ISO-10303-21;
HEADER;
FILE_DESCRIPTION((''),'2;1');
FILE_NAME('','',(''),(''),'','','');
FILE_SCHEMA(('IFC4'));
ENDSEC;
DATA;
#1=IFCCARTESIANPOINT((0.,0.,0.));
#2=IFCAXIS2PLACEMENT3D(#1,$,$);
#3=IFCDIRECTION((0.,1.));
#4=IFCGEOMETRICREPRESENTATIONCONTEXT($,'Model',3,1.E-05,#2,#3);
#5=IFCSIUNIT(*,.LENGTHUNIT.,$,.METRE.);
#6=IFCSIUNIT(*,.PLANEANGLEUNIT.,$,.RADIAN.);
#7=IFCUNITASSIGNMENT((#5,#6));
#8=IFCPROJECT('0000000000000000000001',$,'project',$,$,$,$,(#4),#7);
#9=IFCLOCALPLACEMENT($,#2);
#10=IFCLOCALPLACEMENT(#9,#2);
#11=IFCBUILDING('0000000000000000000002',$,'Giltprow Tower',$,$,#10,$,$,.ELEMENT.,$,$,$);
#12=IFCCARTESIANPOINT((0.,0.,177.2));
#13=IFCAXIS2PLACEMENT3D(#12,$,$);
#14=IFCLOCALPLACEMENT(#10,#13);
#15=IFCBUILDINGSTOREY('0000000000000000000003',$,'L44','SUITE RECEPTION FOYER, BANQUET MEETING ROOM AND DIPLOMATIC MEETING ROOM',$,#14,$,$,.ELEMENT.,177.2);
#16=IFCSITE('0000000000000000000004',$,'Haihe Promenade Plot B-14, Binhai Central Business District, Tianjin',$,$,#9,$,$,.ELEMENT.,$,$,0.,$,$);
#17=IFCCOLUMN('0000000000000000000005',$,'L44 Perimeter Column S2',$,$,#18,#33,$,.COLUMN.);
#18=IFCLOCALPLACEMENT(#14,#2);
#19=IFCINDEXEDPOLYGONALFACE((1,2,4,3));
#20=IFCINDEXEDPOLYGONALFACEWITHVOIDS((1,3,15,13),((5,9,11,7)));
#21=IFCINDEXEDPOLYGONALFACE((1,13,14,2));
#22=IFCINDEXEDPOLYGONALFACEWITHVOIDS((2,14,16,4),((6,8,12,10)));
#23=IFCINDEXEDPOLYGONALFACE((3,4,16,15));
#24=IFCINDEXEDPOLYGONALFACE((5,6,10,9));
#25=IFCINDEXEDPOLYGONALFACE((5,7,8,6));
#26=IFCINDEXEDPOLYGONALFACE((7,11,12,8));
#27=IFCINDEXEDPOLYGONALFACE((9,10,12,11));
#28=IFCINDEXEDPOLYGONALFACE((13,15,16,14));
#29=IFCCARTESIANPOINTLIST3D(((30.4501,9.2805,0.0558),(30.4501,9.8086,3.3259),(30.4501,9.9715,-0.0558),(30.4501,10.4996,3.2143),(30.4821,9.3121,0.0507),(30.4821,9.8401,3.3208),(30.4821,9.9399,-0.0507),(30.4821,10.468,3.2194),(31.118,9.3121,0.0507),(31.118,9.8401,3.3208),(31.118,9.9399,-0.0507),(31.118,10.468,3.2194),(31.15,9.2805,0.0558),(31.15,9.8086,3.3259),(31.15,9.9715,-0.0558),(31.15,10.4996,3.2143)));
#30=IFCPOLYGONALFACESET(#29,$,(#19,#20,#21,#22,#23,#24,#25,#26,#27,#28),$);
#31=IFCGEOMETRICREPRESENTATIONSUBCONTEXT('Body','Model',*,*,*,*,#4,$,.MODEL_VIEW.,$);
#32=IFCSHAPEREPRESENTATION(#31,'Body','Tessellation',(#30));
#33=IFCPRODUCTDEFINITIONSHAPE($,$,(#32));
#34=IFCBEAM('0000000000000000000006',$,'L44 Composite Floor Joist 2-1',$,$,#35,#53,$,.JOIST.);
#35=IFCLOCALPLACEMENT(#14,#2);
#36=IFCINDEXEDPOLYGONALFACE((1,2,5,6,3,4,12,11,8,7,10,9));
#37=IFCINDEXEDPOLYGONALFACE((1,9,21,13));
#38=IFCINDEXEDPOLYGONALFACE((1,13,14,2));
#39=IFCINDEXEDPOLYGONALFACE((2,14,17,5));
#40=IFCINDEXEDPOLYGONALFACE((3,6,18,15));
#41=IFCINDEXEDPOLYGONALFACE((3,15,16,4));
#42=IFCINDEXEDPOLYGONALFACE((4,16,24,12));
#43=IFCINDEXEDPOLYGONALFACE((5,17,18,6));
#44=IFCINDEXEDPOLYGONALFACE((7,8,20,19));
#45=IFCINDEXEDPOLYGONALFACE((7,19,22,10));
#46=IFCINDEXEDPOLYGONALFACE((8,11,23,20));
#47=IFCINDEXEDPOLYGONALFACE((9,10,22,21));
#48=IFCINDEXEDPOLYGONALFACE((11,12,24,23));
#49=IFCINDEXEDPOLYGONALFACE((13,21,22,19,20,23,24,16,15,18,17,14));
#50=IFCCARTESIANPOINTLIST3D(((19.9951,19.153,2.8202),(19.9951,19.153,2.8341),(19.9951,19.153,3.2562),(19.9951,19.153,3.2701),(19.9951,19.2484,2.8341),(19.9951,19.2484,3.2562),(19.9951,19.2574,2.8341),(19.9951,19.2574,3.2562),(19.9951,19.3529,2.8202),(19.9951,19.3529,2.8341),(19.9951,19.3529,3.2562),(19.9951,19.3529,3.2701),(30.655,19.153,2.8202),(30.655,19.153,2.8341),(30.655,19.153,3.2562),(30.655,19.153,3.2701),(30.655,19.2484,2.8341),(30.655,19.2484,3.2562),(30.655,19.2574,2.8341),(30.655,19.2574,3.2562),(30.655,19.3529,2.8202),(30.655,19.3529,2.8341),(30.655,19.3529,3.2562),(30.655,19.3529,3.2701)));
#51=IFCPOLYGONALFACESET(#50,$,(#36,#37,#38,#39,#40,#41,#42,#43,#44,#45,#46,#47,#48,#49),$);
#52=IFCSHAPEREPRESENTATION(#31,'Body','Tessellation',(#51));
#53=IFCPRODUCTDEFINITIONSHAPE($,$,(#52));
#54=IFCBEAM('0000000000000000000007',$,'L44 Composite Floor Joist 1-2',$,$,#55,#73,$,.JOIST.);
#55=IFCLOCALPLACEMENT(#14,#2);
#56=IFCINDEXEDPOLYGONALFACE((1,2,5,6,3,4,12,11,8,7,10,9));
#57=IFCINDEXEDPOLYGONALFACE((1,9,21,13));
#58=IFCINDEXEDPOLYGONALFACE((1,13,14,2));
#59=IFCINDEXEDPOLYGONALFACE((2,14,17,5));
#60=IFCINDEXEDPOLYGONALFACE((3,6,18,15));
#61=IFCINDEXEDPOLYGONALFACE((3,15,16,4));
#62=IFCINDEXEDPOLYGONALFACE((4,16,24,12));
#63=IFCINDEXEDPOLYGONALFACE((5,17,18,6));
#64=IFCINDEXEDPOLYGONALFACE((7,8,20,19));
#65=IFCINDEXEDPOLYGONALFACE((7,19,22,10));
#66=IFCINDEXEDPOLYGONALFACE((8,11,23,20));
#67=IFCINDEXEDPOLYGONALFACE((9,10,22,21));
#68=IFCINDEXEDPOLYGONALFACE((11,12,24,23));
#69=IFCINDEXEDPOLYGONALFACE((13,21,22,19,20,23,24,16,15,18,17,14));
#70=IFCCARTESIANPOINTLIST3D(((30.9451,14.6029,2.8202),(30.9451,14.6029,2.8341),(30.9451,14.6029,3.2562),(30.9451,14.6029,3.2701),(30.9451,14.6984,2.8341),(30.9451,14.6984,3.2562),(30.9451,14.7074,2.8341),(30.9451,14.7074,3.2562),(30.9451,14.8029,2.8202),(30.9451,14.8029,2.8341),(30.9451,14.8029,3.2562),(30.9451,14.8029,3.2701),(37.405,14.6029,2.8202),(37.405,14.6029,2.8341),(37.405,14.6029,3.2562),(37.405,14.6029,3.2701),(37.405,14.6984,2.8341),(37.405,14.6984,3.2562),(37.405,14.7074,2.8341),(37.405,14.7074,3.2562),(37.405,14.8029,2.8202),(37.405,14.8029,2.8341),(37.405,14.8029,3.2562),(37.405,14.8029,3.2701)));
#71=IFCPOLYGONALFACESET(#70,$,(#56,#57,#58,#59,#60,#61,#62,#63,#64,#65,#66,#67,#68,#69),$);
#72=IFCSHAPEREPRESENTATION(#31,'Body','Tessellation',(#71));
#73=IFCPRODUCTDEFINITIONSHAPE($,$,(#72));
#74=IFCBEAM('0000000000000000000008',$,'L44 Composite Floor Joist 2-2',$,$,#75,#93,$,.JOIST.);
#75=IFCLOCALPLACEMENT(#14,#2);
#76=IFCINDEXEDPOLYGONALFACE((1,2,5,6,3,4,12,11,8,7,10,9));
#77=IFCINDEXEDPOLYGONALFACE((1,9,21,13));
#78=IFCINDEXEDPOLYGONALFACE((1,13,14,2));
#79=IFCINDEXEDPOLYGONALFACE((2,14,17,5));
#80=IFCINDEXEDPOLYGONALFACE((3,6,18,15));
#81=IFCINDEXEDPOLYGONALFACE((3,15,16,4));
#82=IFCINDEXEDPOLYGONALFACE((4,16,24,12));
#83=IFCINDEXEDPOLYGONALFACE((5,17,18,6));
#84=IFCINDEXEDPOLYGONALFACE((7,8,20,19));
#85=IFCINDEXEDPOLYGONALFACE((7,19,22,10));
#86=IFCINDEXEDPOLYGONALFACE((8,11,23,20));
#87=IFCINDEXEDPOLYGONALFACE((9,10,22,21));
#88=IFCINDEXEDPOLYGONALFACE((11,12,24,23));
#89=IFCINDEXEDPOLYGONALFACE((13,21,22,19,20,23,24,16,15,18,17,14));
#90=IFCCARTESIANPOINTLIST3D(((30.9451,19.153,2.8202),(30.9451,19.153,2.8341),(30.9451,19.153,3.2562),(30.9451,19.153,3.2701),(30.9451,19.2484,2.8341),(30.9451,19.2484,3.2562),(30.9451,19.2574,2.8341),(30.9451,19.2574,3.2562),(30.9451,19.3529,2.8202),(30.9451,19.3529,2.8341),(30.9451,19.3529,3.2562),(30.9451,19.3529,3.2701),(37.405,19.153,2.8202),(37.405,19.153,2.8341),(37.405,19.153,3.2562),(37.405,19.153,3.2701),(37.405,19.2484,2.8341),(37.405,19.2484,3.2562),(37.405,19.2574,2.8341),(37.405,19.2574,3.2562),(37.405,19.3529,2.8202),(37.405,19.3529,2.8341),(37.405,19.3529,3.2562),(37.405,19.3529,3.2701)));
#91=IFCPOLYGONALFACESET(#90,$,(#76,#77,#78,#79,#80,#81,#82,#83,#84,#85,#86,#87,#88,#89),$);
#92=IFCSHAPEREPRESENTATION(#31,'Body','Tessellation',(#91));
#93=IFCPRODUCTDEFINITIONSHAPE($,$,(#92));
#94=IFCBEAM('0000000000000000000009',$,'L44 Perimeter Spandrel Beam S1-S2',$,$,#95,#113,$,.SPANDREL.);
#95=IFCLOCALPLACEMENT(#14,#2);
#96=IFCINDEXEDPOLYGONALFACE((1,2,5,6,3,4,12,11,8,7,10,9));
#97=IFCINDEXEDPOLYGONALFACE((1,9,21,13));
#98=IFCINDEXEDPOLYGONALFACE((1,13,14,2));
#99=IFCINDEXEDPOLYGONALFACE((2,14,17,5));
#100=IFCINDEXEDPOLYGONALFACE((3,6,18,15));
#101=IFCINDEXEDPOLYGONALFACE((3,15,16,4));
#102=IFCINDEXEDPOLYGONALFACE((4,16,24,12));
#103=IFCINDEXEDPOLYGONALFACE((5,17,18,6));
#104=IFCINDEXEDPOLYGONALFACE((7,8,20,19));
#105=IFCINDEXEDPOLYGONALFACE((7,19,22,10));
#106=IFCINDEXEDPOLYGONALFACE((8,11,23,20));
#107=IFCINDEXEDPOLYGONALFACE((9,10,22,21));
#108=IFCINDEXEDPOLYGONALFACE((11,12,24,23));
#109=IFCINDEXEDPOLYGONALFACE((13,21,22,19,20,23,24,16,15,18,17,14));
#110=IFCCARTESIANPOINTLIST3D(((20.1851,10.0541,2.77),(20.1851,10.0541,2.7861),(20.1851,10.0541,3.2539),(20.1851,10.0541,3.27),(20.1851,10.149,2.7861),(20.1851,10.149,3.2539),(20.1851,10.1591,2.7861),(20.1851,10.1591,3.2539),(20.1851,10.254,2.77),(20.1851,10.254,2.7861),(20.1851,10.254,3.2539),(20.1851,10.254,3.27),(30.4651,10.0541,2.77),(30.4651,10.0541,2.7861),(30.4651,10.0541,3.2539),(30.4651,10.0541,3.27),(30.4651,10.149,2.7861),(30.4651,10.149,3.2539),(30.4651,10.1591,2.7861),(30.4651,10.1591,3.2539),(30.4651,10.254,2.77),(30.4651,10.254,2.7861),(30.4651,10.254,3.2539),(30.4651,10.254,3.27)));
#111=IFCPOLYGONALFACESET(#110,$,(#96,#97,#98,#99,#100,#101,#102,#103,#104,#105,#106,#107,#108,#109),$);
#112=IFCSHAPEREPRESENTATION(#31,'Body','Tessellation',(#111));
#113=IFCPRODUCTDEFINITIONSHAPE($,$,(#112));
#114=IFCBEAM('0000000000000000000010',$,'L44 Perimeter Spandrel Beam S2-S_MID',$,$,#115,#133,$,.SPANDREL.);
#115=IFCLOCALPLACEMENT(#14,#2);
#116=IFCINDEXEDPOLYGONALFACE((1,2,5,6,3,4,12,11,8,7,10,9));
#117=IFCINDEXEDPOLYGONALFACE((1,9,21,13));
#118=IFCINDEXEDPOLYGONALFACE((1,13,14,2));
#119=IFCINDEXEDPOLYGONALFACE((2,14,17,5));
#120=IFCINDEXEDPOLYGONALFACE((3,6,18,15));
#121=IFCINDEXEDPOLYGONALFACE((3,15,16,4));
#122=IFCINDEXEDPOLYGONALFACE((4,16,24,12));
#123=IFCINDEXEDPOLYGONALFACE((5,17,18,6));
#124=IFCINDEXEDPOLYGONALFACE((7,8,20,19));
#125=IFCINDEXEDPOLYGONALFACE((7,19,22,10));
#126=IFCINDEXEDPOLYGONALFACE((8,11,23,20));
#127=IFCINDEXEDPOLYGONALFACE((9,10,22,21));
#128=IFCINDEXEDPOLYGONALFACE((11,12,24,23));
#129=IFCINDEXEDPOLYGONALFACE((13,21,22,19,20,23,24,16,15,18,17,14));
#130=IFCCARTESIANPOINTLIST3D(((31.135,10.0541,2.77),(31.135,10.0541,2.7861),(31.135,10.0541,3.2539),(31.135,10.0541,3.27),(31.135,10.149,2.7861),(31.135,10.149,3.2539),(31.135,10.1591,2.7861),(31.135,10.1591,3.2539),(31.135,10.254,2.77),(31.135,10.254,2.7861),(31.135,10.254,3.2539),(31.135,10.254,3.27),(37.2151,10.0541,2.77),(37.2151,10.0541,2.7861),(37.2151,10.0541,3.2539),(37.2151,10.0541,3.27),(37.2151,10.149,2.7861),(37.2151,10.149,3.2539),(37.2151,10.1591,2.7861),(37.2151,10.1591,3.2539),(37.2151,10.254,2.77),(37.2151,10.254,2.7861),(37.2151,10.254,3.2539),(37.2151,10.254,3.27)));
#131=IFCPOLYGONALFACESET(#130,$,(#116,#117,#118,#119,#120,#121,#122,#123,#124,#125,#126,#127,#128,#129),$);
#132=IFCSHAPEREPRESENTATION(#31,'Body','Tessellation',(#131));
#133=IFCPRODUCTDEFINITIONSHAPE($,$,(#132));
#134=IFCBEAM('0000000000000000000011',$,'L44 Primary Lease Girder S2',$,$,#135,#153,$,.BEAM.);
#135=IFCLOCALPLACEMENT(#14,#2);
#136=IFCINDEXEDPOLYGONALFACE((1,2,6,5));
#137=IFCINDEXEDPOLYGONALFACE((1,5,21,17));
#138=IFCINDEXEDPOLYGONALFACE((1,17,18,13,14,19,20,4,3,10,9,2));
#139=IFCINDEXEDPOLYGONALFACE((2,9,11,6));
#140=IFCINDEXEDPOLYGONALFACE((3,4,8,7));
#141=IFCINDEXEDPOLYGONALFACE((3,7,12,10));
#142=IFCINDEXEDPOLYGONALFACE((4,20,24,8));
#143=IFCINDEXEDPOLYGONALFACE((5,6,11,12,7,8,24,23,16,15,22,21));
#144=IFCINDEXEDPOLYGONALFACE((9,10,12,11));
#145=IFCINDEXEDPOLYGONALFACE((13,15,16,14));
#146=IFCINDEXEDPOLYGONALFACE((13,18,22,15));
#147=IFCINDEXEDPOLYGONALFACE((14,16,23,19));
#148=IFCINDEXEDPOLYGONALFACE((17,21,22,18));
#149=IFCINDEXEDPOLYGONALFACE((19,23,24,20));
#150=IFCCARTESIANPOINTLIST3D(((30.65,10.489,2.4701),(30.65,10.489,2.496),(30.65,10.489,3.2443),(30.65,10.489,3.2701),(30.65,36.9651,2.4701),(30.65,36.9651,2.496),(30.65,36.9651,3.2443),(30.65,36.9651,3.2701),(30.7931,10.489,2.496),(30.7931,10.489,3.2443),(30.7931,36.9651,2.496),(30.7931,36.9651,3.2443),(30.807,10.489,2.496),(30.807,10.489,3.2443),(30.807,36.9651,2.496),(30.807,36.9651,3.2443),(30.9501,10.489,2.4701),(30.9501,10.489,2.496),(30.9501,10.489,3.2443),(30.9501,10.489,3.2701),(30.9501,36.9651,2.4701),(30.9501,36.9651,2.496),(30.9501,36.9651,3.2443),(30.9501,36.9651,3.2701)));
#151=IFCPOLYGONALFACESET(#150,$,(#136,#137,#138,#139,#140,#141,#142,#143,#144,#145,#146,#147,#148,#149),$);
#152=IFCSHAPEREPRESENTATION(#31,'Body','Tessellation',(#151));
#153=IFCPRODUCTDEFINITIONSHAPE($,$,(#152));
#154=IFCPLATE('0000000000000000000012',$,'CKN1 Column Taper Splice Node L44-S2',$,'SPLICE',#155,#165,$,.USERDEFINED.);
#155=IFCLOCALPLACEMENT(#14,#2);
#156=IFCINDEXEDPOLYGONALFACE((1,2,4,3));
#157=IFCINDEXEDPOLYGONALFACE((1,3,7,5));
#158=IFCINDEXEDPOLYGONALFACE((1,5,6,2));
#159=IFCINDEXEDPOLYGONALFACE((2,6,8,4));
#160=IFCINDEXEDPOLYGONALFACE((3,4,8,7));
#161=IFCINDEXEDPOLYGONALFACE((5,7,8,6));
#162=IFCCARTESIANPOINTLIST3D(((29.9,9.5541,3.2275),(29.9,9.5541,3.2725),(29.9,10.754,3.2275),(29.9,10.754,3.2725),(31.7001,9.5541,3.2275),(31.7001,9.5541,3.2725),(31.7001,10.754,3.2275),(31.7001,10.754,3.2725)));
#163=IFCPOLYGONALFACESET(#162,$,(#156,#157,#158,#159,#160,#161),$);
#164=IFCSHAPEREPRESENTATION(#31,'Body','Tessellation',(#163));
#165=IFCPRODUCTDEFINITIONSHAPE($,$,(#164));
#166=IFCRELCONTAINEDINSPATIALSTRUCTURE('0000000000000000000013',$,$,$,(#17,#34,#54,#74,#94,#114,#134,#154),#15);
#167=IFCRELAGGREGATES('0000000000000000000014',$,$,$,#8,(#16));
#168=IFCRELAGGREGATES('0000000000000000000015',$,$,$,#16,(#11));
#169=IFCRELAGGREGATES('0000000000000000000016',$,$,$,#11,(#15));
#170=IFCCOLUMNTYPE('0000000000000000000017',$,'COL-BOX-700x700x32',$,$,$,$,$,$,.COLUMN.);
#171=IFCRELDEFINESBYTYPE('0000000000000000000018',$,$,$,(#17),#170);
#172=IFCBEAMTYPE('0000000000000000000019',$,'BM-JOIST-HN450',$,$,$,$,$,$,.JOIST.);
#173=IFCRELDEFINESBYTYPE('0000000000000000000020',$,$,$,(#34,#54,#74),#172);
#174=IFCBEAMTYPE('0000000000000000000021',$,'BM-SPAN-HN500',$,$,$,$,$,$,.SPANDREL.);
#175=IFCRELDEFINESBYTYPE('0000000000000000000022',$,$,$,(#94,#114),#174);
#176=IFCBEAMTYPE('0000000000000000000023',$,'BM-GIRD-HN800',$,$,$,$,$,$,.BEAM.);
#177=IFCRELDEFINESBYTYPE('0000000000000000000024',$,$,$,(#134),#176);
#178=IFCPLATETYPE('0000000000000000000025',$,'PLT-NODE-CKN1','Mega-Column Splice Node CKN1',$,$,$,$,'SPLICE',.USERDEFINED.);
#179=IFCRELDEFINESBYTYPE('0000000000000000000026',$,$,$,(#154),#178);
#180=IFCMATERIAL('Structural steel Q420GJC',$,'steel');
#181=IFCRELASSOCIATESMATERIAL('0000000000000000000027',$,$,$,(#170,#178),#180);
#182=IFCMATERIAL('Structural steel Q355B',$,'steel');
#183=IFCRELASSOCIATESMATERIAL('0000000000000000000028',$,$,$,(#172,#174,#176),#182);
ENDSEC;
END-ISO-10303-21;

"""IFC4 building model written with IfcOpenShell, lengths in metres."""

from ifc_helpers import new_model, si_unit, direction, frame, origin, origin_2d, place, context, subcontext, project, spatial, rectangle, hollow_rectangle, i_section, extrude, source, transform, mapped, material, material_profile, profile_set, type_object, element, save


model = new_model("IFC4")

# Units and contexts
model_context = context("Model", 3, precision=1e-05, world=origin(), true_north=direction((0.0, 1.0)))
body_context = subcontext(model_context, "Body", "Model", "MODEL_VIEW")
ifc_project = project(units=[si_unit("LENGTHUNIT", "METRE"), si_unit("PLANEANGLEUNIT", "RADIAN")], contexts=[model_context])

# Site, building, storey
site_placement = place(None, origin())
site = spatial("IfcSite", under=ifc_project, at=site_placement, Name="Haihe Promenade Plot B-14, Binhai Central Business District, Tianjin", CompositionType="ELEMENT", RefElevation=0.0)
building_placement = place(site_placement, origin())
building = spatial("IfcBuilding", under=site, at=building_placement, Name="Giltprow Tower", CompositionType="ELEMENT")
storey_placement = place(building_placement, frame((0.0, 0.0, 177.2)))
storey = spatial("IfcBuildingStorey", under=building, at=storey_placement, Name="L44", Description="SUITE RECEPTION FOYER, BANQUET MEETING ROOM AND DIPLOMATIC MEETING ROOM", CompositionType="ELEMENT", Elevation=177.2)

# Column
ifc_material_1 = material(Name="Structural steel Q420GJC", Category="steel")
ifc_material_profile_1 = material_profile(ifc_material_1, hollow_rectangle(XDim=0.7, YDim=0.7, WallThickness=0.032, at=origin_2d()), Name="BOX 700x700x32")
ifc_profile_set_1 = profile_set([ifc_material_profile_1], Name="Structural steel Q420GJC")
column_type = type_object("IfcColumnType", Name="COL-BOX-700x700x32", PredefinedType="COLUMN", material=ifc_profile_set_1)
shared_shape_1 = source(origin(), body_context, "Body", "SweptSolid", [
    extrude(hollow_rectangle(XDim=0.7, YDim=0.7, WallThickness=0.032, at=origin_2d()), origin(), (0.0, 0.0, 1.0), 3.3125),
])
column_placement = place(storey_placement, frame((30.8, 9.626, 0.0), z_axis=(0.0, 0.159425, 0.98721), x_axis=(-1.0, 0.0, 0.0)))
element("IfcColumn", 1, at=column_placement, inside=storey, type_object=column_type, Name="L44 Perimeter Column S2", PredefinedType="COLUMN", context=body_context, shape_type="MappedRepresentation", body=[
    mapped(shared_shape_1, transform((0.0, 0.0, 0.0), x_axis=(1.0, 0.0, 0.0), y_axis=(0.0, 1.0, 0.0), z_axis=(0.0, 0.0, 1.0), scale=1.0)),
])

# Beams
ifc_material_2 = material(Name="Structural steel Q355B", Category="steel")
ifc_material_profile_2 = material_profile(ifc_material_2, i_section(OverallWidth=0.2, OverallDepth=0.45, WebThickness=0.009, FlangeThickness=0.0139, at=origin_2d()), Name="HN 450x200x9x14")
ifc_profile_set_2 = profile_set([ifc_material_profile_2], Name="Structural steel Q355B")
beam_type_1 = type_object("IfcBeamType", Name="BM-JOIST-HN450", PredefinedType="JOIST", material=ifc_profile_set_2)
shared_shape_2 = source(origin(), body_context, "Body", "SweptSolid", [
    extrude(i_section(OverallWidth=0.2, OverallDepth=0.45, WebThickness=0.009, FlangeThickness=0.0139, at=origin_2d()), origin(), (0.0, 0.0, 1.0), 10.6599),
])
beam_1_placement = place(storey_placement, frame((19.9951, 19.2529, 3.0452), z_axis=(1.0, 0.0, 0.0), x_axis=(0.0, 1.0, 0.0)))
element("IfcBeam", 2, at=beam_1_placement, inside=storey, type_object=beam_type_1, Name="L44 Composite Floor Joist 2-1", PredefinedType="JOIST", context=body_context, shape_type="MappedRepresentation", body=[
    mapped(shared_shape_2, transform((0.0, 0.0, 0.0), x_axis=(1.0, 0.0, 0.0), y_axis=(0.0, 1.0, 0.0), z_axis=(0.0, 0.0, 1.0), scale=1.0)),
])
shared_shape_3 = source(origin(), body_context, "Body", "SweptSolid", [
    extrude(i_section(OverallWidth=0.2, OverallDepth=0.45, WebThickness=0.009, FlangeThickness=0.0139, at=origin_2d()), origin(), (0.0, 0.0, 1.0), 6.46),
])
for number, where, z_axis, x_axis, name in (
    (3, (30.9451, 14.7029, 3.0452), (1.0, 0.0, 0.0), (0.0, 1.0, 0.0), "L44 Composite Floor Joist 1-2"),
    (4, (30.9451, 19.2529, 3.0452), (1.0, 0.0, 0.0), (0.0, 1.0, 0.0), "L44 Composite Floor Joist 2-2"),
):
    element("IfcBeam", number, at=place(storey_placement, frame(where, z_axis=z_axis, x_axis=x_axis)), inside=storey, type_object=beam_type_1, Name=name, PredefinedType="JOIST", context=body_context, shape_type="MappedRepresentation", body=[
        mapped(shared_shape_3, transform((0.0, 0.0, 0.0), x_axis=(1.0, 0.0, 0.0), y_axis=(0.0, 1.0, 0.0), z_axis=(0.0, 0.0, 1.0), scale=1.0)),
    ])
ifc_material_profile_3 = material_profile(ifc_material_2, i_section(OverallWidth=0.2, OverallDepth=0.5, WebThickness=0.01, FlangeThickness=0.0161, at=origin_2d()), Name="HN 500x200x10x16")
ifc_profile_set_3 = profile_set([ifc_material_profile_3], Name="Structural steel Q355B")
beam_type_2 = type_object("IfcBeamType", Name="BM-SPAN-HN500", PredefinedType="SPANDREL", material=ifc_profile_set_3)
shared_shape_4 = source(origin(), body_context, "Body", "SweptSolid", [
    extrude(i_section(OverallWidth=0.2, OverallDepth=0.5, WebThickness=0.01, FlangeThickness=0.0161, at=origin_2d()), origin(), (0.0, 0.0, 1.0), 10.28),
])
beam_2_placement = place(storey_placement, frame((20.1851, 10.1541, 3.02), z_axis=(1.0, 0.0, 0.0), x_axis=(0.0, 1.0, 0.0)))
element("IfcBeam", 5, at=beam_2_placement, inside=storey, type_object=beam_type_2, Name="L44 Perimeter Spandrel Beam S1-S2", PredefinedType="SPANDREL", context=body_context, shape_type="MappedRepresentation", body=[
    mapped(shared_shape_4, transform((0.0, 0.0, 0.0), x_axis=(1.0, 0.0, 0.0), y_axis=(0.0, 1.0, 0.0), z_axis=(0.0, 0.0, 1.0), scale=1.0)),
])
shared_shape_5 = source(origin(), body_context, "Body", "SweptSolid", [
    extrude(i_section(OverallWidth=0.2, OverallDepth=0.5, WebThickness=0.01, FlangeThickness=0.0161, at=origin_2d()), origin(), (0.0, 0.0, 1.0), 6.0801),
])
beam_3_placement = place(storey_placement, frame((31.135, 10.1541, 3.02), z_axis=(1.0, 0.0, 0.0), x_axis=(0.0, 1.0, 0.0)))
element("IfcBeam", 6, at=beam_3_placement, inside=storey, type_object=beam_type_2, Name="L44 Perimeter Spandrel Beam S2-S_MID", PredefinedType="SPANDREL", context=body_context, shape_type="MappedRepresentation", body=[
    mapped(shared_shape_5, transform((0.0, 0.0, 0.0), x_axis=(1.0, 0.0, 0.0), y_axis=(0.0, 1.0, 0.0), z_axis=(0.0, 0.0, 1.0), scale=1.0)),
])
ifc_material_profile_4 = material_profile(ifc_material_2, i_section(OverallWidth=0.3, OverallDepth=0.8, WebThickness=0.0139, FlangeThickness=0.0259, at=origin_2d()), Name="HN 800x300x14x26")
ifc_profile_set_4 = profile_set([ifc_material_profile_4], Name="Structural steel Q355B")
beam_type_3 = type_object("IfcBeamType", Name="BM-GIRD-HN800", PredefinedType="BEAM", material=ifc_profile_set_4)
shared_shape_6 = source(origin(), body_context, "Body", "SweptSolid", [
    extrude(i_section(OverallWidth=0.3, OverallDepth=0.8, WebThickness=0.0139, FlangeThickness=0.0259, at=origin_2d()), origin(), (0.0, 0.0, 1.0), 26.4761),
])
beam_4_placement = place(storey_placement, frame((30.8, 10.489, 2.8701), z_axis=(0.0, 1.0, 0.0), x_axis=(-1.0, 0.0, 0.0)))
element("IfcBeam", 7, at=beam_4_placement, inside=storey, type_object=beam_type_3, Name="L44 Primary Lease Girder S2", PredefinedType="BEAM", context=body_context, shape_type="MappedRepresentation", body=[
    mapped(shared_shape_6, transform((0.0, 0.0, 0.0), x_axis=(1.0, 0.0, 0.0), y_axis=(0.0, 1.0, 0.0), z_axis=(0.0, 0.0, 1.0), scale=1.0)),
])

# Plate
plate_type = type_object("IfcPlateType", Name="PLT-NODE-CKN1", Description="Mega-Column Splice Node CKN1", ElementType="SPLICE", PredefinedType="USERDEFINED", material=ifc_material_1)
shared_shape_7 = source(origin(), body_context, "Body", "SweptSolid", [
    extrude(rectangle(XDim=1.8, YDim=1.2, at=origin_2d()), origin(), (0.0, 0.0, 1.0), 0.0449),
])
plate_placement = place(storey_placement, frame((30.8, 10.1541, 3.2275), z_axis=(0.0, 0.0, 1.0), x_axis=(1.0, 0.0, 0.0)))
element("IfcPlate", 8, at=plate_placement, inside=storey, type_object=plate_type, Name="CKN1 Column Taper Splice Node L44-S2", ObjectType="SPLICE", PredefinedType="USERDEFINED", context=body_context, shape_type="MappedRepresentation", body=[
    mapped(shared_shape_7, transform((0.0, 0.0, 0.0), x_axis=(1.0, 0.0, 0.0), y_axis=(0.0, 1.0, 0.0), z_axis=(0.0, 0.0, 1.0), scale=1.0)),
])

save(model, "model.ifc")
